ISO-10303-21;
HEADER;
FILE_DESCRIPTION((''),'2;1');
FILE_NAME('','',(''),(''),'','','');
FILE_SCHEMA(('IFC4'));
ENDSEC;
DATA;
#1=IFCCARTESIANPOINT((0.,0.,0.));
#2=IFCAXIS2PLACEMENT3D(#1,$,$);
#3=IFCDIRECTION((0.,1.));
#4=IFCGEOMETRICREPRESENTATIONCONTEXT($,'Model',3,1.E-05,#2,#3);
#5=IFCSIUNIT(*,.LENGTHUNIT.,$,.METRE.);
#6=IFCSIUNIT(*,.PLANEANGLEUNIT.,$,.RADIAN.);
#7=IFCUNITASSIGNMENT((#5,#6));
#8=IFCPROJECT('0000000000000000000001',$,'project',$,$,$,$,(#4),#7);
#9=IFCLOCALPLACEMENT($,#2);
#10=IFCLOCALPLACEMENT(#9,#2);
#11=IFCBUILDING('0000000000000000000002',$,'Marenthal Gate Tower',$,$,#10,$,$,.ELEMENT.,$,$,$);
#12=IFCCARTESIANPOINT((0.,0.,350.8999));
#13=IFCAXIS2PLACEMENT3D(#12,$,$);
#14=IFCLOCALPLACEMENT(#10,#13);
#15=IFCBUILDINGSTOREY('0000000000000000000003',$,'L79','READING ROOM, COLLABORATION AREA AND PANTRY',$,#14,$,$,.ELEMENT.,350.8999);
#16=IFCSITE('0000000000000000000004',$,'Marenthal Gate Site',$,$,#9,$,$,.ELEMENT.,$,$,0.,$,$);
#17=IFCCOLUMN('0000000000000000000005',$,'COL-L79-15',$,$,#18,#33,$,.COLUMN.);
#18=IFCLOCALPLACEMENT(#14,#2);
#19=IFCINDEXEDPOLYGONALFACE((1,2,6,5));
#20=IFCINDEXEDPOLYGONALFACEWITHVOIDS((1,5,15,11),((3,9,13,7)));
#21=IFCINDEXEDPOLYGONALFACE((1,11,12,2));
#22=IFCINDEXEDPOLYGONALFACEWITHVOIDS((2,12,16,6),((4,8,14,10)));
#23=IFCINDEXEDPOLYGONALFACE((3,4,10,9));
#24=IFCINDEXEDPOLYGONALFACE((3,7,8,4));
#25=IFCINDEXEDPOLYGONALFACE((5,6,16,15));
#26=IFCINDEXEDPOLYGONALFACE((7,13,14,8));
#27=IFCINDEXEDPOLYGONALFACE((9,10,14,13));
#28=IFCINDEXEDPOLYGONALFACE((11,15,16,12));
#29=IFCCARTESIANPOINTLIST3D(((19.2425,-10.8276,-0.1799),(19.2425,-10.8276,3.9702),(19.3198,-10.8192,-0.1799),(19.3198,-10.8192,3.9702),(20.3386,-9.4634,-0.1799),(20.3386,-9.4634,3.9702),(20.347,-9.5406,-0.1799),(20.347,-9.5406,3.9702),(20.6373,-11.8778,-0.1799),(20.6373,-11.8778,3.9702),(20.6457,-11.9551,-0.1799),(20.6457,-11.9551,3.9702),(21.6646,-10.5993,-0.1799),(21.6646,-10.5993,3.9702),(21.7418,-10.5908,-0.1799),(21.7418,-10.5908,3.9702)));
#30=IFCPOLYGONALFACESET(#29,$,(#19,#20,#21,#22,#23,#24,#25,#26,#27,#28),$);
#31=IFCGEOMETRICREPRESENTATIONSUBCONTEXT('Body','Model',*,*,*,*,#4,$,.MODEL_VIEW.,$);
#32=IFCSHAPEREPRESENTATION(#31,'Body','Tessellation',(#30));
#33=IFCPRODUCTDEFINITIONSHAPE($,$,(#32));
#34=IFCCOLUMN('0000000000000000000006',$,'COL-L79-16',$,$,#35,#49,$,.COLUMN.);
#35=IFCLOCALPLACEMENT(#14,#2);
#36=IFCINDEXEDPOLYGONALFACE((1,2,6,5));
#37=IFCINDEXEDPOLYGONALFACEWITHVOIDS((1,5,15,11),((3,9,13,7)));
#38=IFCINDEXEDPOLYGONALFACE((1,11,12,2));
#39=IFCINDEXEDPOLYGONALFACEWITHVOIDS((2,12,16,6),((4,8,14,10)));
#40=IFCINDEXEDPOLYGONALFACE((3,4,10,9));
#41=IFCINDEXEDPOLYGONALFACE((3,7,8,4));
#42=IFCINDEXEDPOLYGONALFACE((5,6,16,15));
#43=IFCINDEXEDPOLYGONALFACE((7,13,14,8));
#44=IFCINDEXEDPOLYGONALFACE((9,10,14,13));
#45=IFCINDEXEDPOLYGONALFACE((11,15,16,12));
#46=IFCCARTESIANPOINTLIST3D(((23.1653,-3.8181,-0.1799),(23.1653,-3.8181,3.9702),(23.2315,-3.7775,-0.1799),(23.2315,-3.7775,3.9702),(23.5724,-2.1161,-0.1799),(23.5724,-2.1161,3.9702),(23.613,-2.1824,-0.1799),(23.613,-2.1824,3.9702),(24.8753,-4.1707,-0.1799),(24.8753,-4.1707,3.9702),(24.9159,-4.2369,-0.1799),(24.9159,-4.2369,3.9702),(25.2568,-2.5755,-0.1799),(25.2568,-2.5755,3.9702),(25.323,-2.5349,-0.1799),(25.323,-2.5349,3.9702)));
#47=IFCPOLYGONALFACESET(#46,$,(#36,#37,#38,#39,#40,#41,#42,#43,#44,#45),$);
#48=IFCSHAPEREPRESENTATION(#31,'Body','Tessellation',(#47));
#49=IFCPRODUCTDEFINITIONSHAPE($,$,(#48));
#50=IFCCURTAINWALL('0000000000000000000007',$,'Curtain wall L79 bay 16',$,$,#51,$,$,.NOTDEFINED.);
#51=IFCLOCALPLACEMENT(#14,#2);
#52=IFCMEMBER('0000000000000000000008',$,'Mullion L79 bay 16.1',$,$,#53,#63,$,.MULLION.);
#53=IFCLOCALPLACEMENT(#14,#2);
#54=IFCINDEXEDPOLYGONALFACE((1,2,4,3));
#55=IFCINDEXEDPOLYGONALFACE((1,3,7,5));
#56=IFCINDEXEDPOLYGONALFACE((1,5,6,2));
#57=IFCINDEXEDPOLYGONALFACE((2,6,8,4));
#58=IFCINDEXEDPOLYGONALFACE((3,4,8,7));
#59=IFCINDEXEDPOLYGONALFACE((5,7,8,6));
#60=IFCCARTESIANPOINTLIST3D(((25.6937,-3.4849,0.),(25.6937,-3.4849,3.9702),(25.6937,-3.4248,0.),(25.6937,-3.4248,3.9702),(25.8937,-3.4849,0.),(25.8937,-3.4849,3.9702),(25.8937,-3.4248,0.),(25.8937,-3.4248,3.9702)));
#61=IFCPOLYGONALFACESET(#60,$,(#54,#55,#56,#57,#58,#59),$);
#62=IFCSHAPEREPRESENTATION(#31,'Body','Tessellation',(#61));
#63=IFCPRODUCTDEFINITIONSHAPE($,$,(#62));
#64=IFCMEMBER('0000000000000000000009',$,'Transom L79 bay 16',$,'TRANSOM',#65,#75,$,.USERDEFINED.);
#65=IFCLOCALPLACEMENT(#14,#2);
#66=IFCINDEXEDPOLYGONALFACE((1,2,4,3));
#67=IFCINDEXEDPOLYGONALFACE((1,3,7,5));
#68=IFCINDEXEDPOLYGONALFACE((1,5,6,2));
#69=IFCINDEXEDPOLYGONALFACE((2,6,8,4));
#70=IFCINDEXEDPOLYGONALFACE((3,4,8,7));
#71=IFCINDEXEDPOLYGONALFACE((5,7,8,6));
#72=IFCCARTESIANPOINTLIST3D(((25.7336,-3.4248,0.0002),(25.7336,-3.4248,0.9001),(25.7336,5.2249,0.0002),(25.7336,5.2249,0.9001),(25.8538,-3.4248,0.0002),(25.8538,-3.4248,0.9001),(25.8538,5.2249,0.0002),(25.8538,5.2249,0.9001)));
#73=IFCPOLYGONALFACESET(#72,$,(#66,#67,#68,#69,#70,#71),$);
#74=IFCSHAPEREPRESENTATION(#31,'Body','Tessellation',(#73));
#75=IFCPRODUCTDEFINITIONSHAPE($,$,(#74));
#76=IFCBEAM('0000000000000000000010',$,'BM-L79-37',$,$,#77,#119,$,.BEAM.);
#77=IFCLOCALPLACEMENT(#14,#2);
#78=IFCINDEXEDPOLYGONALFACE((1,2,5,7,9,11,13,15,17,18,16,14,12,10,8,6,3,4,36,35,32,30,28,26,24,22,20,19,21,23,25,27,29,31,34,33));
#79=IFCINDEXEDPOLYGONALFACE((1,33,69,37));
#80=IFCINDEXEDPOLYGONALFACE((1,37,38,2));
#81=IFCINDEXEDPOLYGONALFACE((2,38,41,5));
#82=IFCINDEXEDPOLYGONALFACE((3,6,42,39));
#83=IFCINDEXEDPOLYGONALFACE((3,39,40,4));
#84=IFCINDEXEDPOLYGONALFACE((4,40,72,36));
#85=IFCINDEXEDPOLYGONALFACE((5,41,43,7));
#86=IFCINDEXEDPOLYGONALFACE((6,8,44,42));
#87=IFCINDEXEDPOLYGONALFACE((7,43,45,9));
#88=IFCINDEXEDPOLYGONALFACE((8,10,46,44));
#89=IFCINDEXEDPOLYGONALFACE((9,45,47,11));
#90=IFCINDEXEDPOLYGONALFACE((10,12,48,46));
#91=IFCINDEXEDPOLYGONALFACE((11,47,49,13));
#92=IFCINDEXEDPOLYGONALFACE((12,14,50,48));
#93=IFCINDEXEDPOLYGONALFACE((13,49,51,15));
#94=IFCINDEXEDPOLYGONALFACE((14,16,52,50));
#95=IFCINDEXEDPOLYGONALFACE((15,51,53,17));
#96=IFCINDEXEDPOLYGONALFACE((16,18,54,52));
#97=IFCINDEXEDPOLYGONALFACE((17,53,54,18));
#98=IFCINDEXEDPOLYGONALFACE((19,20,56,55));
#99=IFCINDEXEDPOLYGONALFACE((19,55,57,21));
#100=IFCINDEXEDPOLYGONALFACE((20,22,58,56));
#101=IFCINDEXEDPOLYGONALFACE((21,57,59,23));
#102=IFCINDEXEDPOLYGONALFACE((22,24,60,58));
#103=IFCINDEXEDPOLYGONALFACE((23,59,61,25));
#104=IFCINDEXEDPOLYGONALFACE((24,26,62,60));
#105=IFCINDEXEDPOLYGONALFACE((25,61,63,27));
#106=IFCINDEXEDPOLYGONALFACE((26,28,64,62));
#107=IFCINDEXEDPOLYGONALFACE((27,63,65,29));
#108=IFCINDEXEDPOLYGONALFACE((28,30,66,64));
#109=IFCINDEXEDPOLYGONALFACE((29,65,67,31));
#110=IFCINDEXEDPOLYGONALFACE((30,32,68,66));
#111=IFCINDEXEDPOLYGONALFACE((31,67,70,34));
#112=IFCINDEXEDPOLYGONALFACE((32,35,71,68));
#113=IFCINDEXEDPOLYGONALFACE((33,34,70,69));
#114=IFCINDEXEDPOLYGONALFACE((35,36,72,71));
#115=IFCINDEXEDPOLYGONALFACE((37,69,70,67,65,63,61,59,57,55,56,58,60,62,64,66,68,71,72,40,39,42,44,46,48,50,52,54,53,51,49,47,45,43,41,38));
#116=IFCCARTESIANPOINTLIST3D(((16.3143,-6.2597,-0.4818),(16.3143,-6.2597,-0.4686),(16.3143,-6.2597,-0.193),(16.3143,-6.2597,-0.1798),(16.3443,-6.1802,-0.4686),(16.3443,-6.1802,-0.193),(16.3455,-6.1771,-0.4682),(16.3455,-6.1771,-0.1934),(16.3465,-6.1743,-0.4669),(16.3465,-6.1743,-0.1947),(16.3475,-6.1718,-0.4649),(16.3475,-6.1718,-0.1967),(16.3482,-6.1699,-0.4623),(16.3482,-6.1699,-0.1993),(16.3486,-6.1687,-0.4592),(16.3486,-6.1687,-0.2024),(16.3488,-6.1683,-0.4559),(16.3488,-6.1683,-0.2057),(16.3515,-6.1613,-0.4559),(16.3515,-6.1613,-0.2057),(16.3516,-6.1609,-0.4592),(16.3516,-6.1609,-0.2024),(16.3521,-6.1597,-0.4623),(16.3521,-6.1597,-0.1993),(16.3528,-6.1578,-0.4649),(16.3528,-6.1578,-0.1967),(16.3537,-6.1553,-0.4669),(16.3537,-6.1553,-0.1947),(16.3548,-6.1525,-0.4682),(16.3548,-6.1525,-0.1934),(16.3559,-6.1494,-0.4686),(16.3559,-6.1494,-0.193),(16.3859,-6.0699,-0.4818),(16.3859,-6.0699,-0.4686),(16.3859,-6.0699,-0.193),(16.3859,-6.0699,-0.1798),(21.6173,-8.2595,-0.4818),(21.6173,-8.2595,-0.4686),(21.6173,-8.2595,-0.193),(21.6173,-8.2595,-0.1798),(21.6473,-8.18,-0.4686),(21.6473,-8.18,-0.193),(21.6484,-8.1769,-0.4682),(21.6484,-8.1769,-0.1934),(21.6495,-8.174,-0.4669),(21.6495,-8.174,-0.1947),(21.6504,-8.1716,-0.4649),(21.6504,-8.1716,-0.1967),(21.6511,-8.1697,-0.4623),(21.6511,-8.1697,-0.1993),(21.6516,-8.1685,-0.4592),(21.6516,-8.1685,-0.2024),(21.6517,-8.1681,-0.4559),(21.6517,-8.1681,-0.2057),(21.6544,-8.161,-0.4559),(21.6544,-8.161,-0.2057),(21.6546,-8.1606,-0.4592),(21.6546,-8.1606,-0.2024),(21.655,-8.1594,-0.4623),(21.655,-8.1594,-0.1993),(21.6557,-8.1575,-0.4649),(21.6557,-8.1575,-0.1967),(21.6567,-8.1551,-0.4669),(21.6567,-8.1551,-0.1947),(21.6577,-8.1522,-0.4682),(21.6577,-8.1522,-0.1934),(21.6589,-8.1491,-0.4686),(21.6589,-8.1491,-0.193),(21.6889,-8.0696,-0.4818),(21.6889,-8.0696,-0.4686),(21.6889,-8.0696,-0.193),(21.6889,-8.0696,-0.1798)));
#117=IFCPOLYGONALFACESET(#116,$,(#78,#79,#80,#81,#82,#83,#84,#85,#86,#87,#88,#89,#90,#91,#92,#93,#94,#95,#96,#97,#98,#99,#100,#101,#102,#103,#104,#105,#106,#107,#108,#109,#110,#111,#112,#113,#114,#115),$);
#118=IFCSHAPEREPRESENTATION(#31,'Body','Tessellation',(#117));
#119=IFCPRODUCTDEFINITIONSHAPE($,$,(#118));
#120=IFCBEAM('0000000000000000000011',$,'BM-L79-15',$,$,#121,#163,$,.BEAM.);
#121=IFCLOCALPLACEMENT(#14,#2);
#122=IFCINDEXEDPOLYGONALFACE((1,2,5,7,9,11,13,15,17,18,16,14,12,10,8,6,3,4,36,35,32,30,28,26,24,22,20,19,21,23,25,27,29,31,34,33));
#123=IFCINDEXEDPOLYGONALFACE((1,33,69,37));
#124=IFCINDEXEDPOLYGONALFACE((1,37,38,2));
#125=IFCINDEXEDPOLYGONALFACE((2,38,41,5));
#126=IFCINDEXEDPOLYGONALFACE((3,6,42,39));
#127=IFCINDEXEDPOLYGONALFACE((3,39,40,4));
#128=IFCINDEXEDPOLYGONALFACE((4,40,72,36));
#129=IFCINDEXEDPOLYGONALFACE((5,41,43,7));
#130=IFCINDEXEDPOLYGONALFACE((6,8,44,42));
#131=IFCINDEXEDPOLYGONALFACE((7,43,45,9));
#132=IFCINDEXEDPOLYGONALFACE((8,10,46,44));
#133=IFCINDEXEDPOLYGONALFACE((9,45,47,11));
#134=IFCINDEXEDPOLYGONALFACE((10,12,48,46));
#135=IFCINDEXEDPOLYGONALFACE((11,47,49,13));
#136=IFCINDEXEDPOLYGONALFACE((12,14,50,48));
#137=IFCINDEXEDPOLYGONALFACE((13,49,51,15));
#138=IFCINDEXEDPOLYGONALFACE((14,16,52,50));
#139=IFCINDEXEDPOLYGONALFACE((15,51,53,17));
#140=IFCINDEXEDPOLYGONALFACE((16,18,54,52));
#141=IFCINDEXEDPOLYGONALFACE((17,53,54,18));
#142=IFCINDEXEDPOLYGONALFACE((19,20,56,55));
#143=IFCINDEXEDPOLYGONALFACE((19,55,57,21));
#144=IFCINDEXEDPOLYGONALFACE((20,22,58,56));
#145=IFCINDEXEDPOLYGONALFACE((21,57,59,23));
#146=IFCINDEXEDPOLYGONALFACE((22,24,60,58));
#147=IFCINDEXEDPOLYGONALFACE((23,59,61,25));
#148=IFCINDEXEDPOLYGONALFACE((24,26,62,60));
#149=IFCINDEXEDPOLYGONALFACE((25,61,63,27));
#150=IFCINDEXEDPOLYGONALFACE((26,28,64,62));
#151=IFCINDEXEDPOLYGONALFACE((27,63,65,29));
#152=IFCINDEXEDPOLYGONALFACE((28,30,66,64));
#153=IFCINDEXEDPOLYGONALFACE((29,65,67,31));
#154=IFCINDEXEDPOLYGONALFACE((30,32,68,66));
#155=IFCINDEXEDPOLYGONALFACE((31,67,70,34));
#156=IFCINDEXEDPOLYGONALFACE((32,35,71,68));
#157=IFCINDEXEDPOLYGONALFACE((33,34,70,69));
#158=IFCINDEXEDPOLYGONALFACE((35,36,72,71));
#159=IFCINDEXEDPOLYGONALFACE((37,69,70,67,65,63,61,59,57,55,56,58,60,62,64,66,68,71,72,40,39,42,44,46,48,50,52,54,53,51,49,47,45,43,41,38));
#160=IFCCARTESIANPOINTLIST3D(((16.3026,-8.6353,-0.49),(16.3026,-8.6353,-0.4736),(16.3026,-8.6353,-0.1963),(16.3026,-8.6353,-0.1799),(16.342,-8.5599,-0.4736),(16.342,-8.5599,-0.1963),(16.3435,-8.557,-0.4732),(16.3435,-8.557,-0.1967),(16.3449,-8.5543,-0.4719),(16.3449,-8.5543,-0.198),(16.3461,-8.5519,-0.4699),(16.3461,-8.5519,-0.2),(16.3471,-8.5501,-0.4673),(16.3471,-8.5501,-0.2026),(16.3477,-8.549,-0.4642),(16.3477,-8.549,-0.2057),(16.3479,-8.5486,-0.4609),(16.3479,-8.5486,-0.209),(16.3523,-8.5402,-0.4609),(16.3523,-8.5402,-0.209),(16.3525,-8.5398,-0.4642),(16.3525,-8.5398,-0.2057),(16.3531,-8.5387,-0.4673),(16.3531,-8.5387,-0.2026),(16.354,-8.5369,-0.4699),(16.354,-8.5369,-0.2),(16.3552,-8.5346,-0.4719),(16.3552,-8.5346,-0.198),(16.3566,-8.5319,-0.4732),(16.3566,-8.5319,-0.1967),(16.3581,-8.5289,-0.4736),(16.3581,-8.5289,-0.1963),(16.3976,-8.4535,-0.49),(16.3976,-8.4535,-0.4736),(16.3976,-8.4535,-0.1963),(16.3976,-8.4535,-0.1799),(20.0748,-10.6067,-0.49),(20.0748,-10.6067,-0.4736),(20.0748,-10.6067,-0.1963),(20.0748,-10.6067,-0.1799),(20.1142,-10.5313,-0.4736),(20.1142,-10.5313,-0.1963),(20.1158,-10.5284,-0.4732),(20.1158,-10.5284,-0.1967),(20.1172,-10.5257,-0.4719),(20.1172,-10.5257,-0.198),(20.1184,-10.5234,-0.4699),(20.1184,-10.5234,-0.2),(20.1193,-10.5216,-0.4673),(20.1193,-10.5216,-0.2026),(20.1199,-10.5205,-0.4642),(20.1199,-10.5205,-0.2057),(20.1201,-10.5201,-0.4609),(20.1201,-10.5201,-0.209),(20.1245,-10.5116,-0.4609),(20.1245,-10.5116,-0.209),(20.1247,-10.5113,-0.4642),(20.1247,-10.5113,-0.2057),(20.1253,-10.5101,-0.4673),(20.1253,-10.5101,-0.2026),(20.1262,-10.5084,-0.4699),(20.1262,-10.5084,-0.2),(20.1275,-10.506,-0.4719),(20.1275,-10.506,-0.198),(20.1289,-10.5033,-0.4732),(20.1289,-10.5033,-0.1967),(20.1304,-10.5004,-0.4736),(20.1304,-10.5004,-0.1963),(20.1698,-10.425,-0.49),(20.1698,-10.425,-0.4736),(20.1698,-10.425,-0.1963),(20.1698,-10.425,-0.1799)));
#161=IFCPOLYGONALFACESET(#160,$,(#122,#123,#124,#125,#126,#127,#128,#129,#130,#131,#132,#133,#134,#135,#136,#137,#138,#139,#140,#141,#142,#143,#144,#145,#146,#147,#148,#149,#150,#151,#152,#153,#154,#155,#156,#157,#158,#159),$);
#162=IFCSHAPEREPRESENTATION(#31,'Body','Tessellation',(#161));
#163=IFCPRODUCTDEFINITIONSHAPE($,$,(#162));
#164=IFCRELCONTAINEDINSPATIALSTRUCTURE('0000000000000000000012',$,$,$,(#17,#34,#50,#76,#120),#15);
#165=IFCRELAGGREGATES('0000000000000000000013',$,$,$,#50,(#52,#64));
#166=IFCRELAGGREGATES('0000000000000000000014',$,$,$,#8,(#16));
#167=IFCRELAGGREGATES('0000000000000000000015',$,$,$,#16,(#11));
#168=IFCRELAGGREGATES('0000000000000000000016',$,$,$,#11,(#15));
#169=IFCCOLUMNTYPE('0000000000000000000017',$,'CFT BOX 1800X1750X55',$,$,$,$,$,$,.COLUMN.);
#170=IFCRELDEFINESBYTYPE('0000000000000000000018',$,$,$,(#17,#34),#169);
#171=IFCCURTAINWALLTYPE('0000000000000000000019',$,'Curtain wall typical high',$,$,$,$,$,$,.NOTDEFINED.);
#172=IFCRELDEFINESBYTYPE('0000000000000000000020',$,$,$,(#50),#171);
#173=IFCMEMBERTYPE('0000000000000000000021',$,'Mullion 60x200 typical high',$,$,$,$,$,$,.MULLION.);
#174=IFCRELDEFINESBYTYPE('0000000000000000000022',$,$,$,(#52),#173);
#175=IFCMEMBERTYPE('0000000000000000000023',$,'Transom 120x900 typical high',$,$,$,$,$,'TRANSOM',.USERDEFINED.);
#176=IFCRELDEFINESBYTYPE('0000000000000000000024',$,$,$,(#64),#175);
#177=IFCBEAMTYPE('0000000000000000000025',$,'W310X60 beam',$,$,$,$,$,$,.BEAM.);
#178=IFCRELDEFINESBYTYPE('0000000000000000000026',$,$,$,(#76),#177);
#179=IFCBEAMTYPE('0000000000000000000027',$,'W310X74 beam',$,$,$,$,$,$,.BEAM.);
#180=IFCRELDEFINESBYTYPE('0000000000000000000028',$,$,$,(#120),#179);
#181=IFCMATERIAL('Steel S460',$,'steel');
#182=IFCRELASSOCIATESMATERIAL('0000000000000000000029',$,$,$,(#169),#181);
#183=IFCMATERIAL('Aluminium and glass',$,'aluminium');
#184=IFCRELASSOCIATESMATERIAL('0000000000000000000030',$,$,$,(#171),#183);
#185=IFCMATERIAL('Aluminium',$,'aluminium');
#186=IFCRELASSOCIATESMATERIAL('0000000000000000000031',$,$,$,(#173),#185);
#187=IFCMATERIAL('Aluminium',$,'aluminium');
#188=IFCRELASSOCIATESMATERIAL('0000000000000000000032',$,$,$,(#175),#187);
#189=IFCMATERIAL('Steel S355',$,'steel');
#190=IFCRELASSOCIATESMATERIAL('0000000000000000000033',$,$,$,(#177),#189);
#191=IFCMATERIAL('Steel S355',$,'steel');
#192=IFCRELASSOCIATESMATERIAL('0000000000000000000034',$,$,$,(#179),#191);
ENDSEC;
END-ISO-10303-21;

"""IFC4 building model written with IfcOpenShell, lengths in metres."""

from ifc_helpers import new_model, si_unit, direction, frame, origin, origin_2d, place, context, subcontext, project, spatial, rectangle, hollow_rectangle, i_section, extrude, material, material_profile, profile_set, type_object, element, aggregate, save


model = new_model("IFC4")

# Units and contexts
model_context = context("Model", 3, precision=1e-05, world=origin(), true_north=direction((0.0, 1.0)))
body_context = subcontext(model_context, "Body", "Model", "MODEL_VIEW")
ifc_project = project(units=[si_unit("LENGTHUNIT", "METRE"), si_unit("PLANEANGLEUNIT", "RADIAN")], contexts=[model_context])

# Site, building, storey
site_placement = place(None, origin())
site = spatial("IfcSite", under=ifc_project, at=site_placement, Name="Marenthal Gate Site", CompositionType="ELEMENT", RefElevation=0.0)
building_placement = place(site_placement, origin())
building = spatial("IfcBuilding", under=site, at=building_placement, Name="Marenthal Gate Tower", CompositionType="ELEMENT")
storey_placement = place(building_placement, frame((0.0, 0.0, 350.8999)))
storey = spatial("IfcBuildingStorey", under=building, at=storey_placement, Name="L79", Description="READING ROOM, COLLABORATION AREA AND PANTRY", CompositionType="ELEMENT", Elevation=350.8999)

# Columns
ifc_material_1 = material(Name="Steel S460", Category="steel")
ifc_material_profile_1 = material_profile(ifc_material_1, hollow_rectangle(XDim=1.75, YDim=1.8, WallThickness=0.0549, at=origin_2d()), Name="CFT BOX 1800X1750X55")
ifc_material_2 = material(Name="Concrete 70 MPa", Category="concrete")
ifc_material_profile_2 = material_profile(ifc_material_2, rectangle(XDim=1.6399, YDim=1.6899, at=origin_2d()), Name="CFT BOX 1800X1750X55 INFILL")
ifc_profile_set_1 = profile_set([ifc_material_profile_1, ifc_material_profile_2], Name="Steel S460 shell, Concrete 70 MPa infill")
column_type = type_object("IfcColumnType", Name="CFT BOX 1800X1750X55", PredefinedType="COLUMN", material=ifc_profile_set_1)
for number, where, z_axis, x_axis, name in (
    (1, (20.4922, -10.7092, -0.1799), (0.0, 0.0, 1.0), (-0.626344, -0.779547, 0.0), "COL-L79-15"),
    (2, (24.2441, -3.1765, -0.1799), (0.0, 0.0, 1.0), (-0.232626, -0.972566, 0.0), "COL-L79-16"),
):
    element("IfcColumn", number, at=place(storey_placement, frame(where, z_axis=z_axis, x_axis=x_axis)), inside=storey, type_object=column_type, Name=name, PredefinedType="COLUMN", context=body_context, shape_type="SweptSolid", body=[
        extrude(hollow_rectangle(XDim=1.75, YDim=1.8, WallThickness=0.0549, at=origin_2d()), origin(), (0.0, 0.0, 1.0), 4.1501),
    ])

# Curtain wall, members
ifc_material_3 = material(Name="Aluminium and glass", Category="aluminium")
curtain_wall_type = type_object("IfcCurtainWallType", Name="Curtain wall typical high", PredefinedType="NOTDEFINED", material=ifc_material_3)
curtain_wall_placement = place(storey_placement, origin())
curtain_wall = element("IfcCurtainWall", 3, at=curtain_wall_placement, inside=storey, type_object=curtain_wall_type, Name="Curtain wall L79 bay 16", PredefinedType="NOTDEFINED")
ifc_material_4 = material(Name="Aluminium", Category="aluminium")
ifc_material_profile_3 = material_profile(ifc_material_4, rectangle(XDim=0.2, YDim=0.0601, at=origin_2d()), Name="60x200 aluminium mullion")
ifc_profile_set_2 = profile_set([ifc_material_profile_3], Name="Aluminium")
member_type_1 = type_object("IfcMemberType", Name="Mullion 60x200 typical high", PredefinedType="MULLION", material=ifc_profile_set_2)
member_1_placement = place(storey_placement, frame((25.7937, -3.4548, 0.0), z_axis=(0.0, 0.0, 1.0), x_axis=(-1.0, 0.0, 0.0)))
member_1 = element("IfcMember", 4, at=member_1_placement, type_object=member_type_1, Name="Mullion L79 bay 16.1", PredefinedType="MULLION", context=body_context, shape_type="SweptSolid", body=[
    extrude(rectangle(XDim=0.2, YDim=0.0601, at=origin_2d()), origin(), (0.0, 0.0, 1.0), 3.9702),
])
ifc_material_5 = material(Name="Aluminium", Category="aluminium")
ifc_material_profile_4 = material_profile(ifc_material_5, rectangle(XDim=0.1201, YDim=0.8999, at=origin_2d()), Name="120x900 aluminium transom")
ifc_profile_set_3 = profile_set([ifc_material_profile_4], Name="Aluminium")
member_type_2 = type_object("IfcMemberType", Name="Transom 120x900 typical high", ElementType="TRANSOM", PredefinedType="USERDEFINED", material=ifc_profile_set_3)
member_2_placement = place(storey_placement, frame((25.7937, -3.4248, 0.4502), z_axis=(0.0, 1.0, 0.0), x_axis=(-1.0, 0.0, 0.0)))
member_2 = element("IfcMember", 5, at=member_2_placement, type_object=member_type_2, Name="Transom L79 bay 16", ObjectType="TRANSOM", PredefinedType="USERDEFINED", context=body_context, shape_type="SweptSolid", body=[
    extrude(rectangle(XDim=0.1201, YDim=0.8999, at=origin_2d()), origin(), (0.0, 0.0, 1.0), 8.6497),
])

# Beams
ifc_material_6 = material(Name="Steel S355", Category="steel")
ifc_material_profile_5 = material_profile(ifc_material_6, i_section(OverallWidth=0.2029, OverallDepth=0.302, WebThickness=0.0076, FlangeThickness=0.0132, FilletRadius=0.0127, at=origin_2d()), Name="W310X60")
ifc_profile_set_4 = profile_set([ifc_material_profile_5], Name="Steel S355")
beam_type_1 = type_object("IfcBeamType", Name="W310X60 beam", PredefinedType="BEAM", material=ifc_profile_set_4)
beam_1_placement = place(storey_placement, frame((21.6531, -8.1646, -0.3308), z_axis=(-0.935681, 0.352846, 0.0), x_axis=(-0.352846, -0.935681, 0.0)))
element("IfcBeam", 6, at=beam_1_placement, inside=storey, type_object=beam_type_1, Name="BM-L79-37", PredefinedType="BEAM", context=body_context, shape_type="SweptSolid", body=[
    extrude(i_section(OverallWidth=0.2029, OverallDepth=0.302, WebThickness=0.0076, FlangeThickness=0.0132, FilletRadius=0.0127, at=origin_2d()), origin(), (0.0, 0.0, 1.0), 5.6675),
])
ifc_material_7 = material(Name="Steel S355", Category="steel")
ifc_material_profile_6 = material_profile(ifc_material_7, i_section(OverallWidth=0.2051, OverallDepth=0.3101, WebThickness=0.0095, FlangeThickness=0.0164, FilletRadius=0.0127, at=origin_2d()), Name="W310X74")
ifc_profile_set_5 = profile_set([ifc_material_profile_6], Name="Steel S355")
beam_type_2 = type_object("IfcBeamType", Name="W310X74 beam", PredefinedType="BEAM", material=ifc_profile_set_5)
beam_2_placement = place(storey_placement, frame((20.1223, -10.5159, -0.335), z_axis=(-0.886265, 0.463179, 0.0), x_axis=(-0.463179, -0.886265, 0.0)))
element("IfcBeam", 7, at=beam_2_placement, inside=storey, type_object=beam_type_2, Name="BM-L79-15", PredefinedType="BEAM", context=body_context, shape_type="SweptSolid", body=[
    extrude(i_section(OverallWidth=0.2051, OverallDepth=0.3101, WebThickness=0.0095, FlangeThickness=0.0164, FilletRadius=0.0127, at=origin_2d()), origin(), (0.0, 0.0, 1.0), 4.2563),
])

aggregate(curtain_wall, [member_1, member_2])

save(model, "model.ifc")
